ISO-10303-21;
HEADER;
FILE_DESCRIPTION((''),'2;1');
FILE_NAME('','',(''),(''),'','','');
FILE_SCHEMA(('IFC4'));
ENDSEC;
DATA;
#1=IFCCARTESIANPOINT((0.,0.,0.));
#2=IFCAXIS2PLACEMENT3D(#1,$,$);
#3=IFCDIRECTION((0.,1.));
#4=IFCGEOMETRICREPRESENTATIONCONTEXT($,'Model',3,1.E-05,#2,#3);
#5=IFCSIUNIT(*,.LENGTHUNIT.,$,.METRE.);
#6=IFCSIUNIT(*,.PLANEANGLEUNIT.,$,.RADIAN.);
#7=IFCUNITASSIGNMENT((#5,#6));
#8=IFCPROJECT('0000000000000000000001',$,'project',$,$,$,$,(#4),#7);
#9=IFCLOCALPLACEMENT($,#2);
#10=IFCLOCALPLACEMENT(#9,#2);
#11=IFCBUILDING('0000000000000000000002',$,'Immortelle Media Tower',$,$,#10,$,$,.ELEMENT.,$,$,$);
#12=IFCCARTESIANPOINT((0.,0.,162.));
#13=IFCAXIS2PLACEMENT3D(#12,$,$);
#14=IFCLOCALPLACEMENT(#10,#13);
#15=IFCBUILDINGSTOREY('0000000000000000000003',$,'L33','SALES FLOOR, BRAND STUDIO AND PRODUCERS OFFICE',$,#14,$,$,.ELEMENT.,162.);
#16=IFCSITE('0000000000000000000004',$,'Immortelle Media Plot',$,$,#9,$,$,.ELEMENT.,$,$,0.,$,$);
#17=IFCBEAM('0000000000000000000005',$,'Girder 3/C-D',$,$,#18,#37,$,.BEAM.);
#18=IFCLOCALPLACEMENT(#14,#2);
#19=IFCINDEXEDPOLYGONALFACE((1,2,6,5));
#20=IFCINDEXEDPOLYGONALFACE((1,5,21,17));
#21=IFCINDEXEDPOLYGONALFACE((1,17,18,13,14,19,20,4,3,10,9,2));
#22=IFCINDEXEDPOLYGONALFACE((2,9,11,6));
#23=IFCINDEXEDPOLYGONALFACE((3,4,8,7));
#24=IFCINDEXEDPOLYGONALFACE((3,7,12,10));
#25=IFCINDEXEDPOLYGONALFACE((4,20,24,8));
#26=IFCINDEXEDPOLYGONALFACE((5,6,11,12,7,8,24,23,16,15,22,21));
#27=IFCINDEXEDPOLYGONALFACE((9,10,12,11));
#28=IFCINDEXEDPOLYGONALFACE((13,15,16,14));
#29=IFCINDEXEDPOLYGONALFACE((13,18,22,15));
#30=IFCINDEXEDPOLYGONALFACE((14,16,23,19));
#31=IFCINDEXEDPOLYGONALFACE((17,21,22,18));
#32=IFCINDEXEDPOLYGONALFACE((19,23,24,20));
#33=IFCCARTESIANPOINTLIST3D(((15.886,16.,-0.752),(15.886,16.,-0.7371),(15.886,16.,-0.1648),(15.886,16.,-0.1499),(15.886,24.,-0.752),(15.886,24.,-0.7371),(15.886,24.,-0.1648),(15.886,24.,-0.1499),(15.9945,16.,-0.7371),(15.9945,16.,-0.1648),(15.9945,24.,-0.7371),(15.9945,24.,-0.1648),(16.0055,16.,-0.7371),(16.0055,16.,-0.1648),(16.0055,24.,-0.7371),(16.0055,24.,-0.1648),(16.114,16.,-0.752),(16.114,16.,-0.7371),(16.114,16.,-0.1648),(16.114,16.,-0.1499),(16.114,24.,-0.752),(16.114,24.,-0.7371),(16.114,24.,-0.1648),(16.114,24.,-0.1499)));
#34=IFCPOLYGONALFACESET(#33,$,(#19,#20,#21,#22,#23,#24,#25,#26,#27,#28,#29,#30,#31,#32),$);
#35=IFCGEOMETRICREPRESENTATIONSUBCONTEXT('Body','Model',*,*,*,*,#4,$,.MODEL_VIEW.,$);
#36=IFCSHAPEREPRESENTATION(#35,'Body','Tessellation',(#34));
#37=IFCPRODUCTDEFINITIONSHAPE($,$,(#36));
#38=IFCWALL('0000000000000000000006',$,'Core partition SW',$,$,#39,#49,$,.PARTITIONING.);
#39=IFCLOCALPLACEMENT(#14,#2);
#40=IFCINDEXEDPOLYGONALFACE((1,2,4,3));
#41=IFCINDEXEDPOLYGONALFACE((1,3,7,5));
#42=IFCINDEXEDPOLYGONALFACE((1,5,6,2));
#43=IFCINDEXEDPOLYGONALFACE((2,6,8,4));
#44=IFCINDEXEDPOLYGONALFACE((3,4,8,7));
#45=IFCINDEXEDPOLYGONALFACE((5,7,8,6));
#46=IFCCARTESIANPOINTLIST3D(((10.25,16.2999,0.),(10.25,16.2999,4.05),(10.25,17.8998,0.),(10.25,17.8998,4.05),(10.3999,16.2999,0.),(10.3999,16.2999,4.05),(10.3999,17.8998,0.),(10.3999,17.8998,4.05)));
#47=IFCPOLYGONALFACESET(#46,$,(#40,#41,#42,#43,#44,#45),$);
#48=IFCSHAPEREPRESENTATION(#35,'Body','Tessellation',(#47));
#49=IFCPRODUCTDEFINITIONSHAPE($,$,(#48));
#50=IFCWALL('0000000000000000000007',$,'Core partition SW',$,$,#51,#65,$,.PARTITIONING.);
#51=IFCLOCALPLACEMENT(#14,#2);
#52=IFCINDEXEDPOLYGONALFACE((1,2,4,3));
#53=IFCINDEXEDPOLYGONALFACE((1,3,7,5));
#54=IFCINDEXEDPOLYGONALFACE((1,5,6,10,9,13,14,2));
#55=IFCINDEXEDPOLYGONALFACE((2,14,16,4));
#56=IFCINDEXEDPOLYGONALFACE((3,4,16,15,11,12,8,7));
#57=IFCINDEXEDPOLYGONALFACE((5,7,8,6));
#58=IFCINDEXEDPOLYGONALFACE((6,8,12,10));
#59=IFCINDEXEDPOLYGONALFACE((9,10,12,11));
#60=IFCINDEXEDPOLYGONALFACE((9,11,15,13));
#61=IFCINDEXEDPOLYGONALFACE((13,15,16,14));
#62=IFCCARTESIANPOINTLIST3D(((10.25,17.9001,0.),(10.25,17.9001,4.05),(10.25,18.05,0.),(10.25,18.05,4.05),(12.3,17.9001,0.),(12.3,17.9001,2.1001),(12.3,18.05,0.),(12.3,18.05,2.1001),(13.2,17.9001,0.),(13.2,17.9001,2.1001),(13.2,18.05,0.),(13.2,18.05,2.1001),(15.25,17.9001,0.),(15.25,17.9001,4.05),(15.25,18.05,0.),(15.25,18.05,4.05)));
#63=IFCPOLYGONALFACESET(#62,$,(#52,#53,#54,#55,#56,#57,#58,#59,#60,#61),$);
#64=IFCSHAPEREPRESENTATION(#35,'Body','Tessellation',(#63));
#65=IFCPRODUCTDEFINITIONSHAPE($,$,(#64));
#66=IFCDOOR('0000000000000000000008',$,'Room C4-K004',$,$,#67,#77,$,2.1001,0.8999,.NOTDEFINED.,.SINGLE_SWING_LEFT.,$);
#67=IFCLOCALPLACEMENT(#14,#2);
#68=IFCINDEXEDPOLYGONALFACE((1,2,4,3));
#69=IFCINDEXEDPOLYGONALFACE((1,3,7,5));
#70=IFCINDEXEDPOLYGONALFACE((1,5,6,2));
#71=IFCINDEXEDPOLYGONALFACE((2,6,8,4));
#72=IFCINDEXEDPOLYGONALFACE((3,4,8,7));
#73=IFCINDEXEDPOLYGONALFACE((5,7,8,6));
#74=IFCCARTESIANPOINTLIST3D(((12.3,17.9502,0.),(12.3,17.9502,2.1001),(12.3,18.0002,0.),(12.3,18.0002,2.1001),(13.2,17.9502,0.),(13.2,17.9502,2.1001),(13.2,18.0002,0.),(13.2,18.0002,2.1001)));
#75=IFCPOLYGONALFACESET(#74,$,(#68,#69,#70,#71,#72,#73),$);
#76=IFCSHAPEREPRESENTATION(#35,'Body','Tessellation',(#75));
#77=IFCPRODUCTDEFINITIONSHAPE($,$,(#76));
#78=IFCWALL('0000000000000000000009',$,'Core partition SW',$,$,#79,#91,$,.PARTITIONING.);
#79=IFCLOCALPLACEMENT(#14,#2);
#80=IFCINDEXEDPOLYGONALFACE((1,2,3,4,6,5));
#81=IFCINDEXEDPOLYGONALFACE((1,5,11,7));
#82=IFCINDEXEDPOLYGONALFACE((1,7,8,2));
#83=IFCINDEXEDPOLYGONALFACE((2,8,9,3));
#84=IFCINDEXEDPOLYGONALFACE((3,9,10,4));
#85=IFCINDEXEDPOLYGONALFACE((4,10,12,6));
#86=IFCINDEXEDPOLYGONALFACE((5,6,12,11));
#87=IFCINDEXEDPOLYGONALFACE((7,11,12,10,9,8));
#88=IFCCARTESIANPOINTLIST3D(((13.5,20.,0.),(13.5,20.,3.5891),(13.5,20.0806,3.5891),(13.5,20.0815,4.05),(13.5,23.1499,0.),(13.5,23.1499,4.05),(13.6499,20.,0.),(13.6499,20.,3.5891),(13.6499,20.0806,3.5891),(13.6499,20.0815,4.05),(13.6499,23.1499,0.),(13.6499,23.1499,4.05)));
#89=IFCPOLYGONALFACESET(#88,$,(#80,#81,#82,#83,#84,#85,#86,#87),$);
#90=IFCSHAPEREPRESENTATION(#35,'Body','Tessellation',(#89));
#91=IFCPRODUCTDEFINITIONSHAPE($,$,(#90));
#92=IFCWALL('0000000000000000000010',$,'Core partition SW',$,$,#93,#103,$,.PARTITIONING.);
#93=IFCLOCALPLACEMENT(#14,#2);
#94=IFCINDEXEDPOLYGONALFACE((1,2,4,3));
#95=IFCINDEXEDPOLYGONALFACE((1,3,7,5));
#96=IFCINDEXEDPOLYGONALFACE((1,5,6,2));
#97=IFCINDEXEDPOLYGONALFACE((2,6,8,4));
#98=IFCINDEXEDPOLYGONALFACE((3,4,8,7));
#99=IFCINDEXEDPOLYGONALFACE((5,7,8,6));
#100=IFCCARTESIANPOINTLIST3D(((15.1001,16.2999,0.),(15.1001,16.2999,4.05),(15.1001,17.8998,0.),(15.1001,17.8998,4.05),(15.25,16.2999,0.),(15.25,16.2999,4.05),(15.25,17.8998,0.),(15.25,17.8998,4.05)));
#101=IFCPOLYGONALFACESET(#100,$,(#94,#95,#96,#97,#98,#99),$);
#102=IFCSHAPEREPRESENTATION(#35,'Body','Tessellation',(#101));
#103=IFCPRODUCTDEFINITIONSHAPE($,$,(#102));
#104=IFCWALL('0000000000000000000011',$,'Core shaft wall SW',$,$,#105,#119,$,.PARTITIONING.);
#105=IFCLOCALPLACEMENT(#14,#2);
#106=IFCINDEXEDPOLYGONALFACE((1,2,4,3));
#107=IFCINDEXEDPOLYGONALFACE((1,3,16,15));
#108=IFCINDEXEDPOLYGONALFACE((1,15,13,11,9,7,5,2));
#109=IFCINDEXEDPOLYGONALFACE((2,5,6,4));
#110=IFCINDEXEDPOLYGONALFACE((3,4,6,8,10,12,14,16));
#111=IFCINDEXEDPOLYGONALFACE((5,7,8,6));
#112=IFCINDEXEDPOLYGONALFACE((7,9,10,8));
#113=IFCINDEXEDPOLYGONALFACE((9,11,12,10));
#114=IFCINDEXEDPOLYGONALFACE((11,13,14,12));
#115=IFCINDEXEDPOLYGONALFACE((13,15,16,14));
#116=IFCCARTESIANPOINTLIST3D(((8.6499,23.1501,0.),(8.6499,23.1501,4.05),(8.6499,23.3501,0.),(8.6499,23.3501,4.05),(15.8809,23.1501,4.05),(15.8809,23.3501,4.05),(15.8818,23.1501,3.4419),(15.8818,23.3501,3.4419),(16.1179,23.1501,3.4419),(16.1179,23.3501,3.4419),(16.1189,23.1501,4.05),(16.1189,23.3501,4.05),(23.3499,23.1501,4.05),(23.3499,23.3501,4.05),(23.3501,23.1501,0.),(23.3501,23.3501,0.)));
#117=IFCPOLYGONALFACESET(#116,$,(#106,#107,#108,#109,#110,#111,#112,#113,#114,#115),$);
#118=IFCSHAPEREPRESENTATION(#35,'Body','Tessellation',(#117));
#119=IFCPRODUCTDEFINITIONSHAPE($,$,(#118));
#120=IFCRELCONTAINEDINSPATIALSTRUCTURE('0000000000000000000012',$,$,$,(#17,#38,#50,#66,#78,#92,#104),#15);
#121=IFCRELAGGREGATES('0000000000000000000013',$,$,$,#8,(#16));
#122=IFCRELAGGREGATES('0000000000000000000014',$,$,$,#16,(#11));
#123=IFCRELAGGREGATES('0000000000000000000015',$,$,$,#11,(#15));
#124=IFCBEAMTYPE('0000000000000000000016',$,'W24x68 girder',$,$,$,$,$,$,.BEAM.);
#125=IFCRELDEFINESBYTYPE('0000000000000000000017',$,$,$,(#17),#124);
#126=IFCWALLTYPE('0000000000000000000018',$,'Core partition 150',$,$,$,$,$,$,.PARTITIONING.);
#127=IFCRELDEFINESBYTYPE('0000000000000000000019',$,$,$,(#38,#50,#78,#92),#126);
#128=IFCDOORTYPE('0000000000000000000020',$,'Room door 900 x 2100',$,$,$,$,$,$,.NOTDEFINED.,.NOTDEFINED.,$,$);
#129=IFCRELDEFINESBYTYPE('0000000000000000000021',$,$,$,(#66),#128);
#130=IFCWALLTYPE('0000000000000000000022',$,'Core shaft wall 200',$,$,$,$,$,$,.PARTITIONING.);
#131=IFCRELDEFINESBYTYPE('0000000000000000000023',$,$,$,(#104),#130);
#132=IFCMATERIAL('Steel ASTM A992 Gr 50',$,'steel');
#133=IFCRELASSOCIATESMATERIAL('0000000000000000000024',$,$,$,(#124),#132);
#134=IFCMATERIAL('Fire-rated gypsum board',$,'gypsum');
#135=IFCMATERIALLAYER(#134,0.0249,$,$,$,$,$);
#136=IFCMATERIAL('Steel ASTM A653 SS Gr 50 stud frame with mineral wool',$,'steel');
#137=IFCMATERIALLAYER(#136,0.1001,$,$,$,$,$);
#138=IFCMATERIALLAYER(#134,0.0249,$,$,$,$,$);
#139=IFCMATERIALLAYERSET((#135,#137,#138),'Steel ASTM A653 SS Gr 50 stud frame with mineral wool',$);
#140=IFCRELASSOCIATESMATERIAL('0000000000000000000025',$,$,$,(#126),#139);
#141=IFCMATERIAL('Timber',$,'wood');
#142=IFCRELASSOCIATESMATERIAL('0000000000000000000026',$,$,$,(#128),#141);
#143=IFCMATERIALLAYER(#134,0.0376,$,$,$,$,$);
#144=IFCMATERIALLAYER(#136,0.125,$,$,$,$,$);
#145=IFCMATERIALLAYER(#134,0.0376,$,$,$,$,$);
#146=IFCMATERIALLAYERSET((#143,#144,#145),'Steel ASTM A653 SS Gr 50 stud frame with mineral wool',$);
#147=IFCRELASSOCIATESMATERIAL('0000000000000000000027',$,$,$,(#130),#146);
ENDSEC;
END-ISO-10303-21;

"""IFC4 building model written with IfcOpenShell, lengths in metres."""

from ifc_helpers import new_model, si_unit, direction, frame, frame_2d, origin, origin_2d, place, context, subcontext, project, spatial, polyline, rectangle, i_section, outline, extrude, material, layer, layer_set, material_profile, profile_set, type_object, element, fill, save


model = new_model("IFC4")

# Units and contexts
model_context = context("Model", 3, precision=1e-05, world=origin(), true_north=direction((0.0, 1.0)))
body_context = subcontext(model_context, "Body", "Model", "MODEL_VIEW")
ifc_project = project(units=[si_unit("LENGTHUNIT", "METRE"), si_unit("PLANEANGLEUNIT", "RADIAN")], contexts=[model_context])

# Site, building, storey
site_placement = place(None, origin())
site = spatial("IfcSite", under=ifc_project, at=site_placement, Name="Immortelle Media Plot", CompositionType="ELEMENT", RefElevation=0.0)
building_placement = place(site_placement, origin())
building = spatial("IfcBuilding", under=site, at=building_placement, Name="Immortelle Media Tower", CompositionType="ELEMENT")
storey_placement = place(building_placement, frame((0.0, 0.0, 162.0)))
storey = spatial("IfcBuildingStorey", under=building, at=storey_placement, Name="L33", Description="SALES FLOOR, BRAND STUDIO AND PRODUCERS OFFICE", CompositionType="ELEMENT", Elevation=162.0)

# Shared definitions
ifc_material_1 = material(Name="Steel ASTM A992 Gr 50", Category="steel")

# Beam
ifc_material_profile_1 = material_profile(ifc_material_1, i_section(OverallWidth=0.228, OverallDepth=0.6021, WebThickness=0.011, FlangeThickness=0.0149, at=origin_2d()), Name="W24x68")
ifc_profile_set_1 = profile_set([ifc_material_profile_1], Name="Steel ASTM A992 Gr 50")
beam_type_1 = type_object("IfcBeamType", Name="W24x68 girder", PredefinedType="BEAM", material=ifc_profile_set_1)
for number, where, z_axis, x_axis, name in (
    (1, (16.0, 16.0, -0.4509), (0.0, 1.0, 0.0), (-1.0, 0.0, 0.0), "Girder 3/C-D"),
):
    element("IfcBeam", number, at=place(storey_placement, frame(where, z_axis=z_axis, x_axis=x_axis)), inside=storey, type_object=beam_type_1, Name=name, PredefinedType="BEAM", context=body_context, shape_type="SweptSolid", body=[
        extrude(i_section(OverallWidth=0.228, OverallDepth=0.6021, WebThickness=0.011, FlangeThickness=0.0149, at=origin_2d()), origin(), (0.0, 0.0, 1.0), 8.0),
    ])

# Wall
ifc_material_2 = material(Name="Fire-rated gypsum board", Category="gypsum")
ifc_layer_1 = layer(ifc_material_2, 0.0249)
ifc_material_3 = material(Name="Steel ASTM A653 SS Gr 50 stud frame with mineral wool", Category="steel")
ifc_layer_2 = layer(ifc_material_3, 0.1001)
ifc_layer_3 = layer(ifc_material_2, 0.0249)
ifc_layer_set_1 = layer_set([ifc_layer_1, ifc_layer_2, ifc_layer_3], Name="Steel ASTM A653 SS Gr 50 stud frame with mineral wool")
wall_type_1 = type_object("IfcWallType", Name="Core partition 150", PredefinedType="PARTITIONING", material=ifc_layer_set_1)
wall_1_placement = place(storey_placement, frame((10.325, 16.3, 0.0), z_axis=(0.0, 0.0, 1.0), x_axis=(0.0, 1.0, 0.0)))
element("IfcWall", 2, at=wall_1_placement, inside=storey, type_object=wall_type_1, Name="Core partition SW", PredefinedType="PARTITIONING", context=body_context, shape_type="SweptSolid", body=[
    extrude(rectangle(XDim=1.5999, YDim=0.1499, at=frame_2d((0.7998, 0.0))), origin(), (0.0, 0.0, 1.0), 4.05),
])

# Wall, opening, door
wall_2_placement = place(storey_placement, frame((10.25, 17.9751, 0.0), z_axis=(0.0, 0.0, 1.0), x_axis=(1.0, 0.0, 0.0)))
wall_2 = element("IfcWall", 3, at=wall_2_placement, inside=storey, type_object=wall_type_1, Name="Core partition SW", PredefinedType="PARTITIONING", context=body_context, shape_type="SweptSolid", body=[
    extrude(rectangle(XDim=5.0, YDim=0.1499, at=frame_2d((2.5, 0.0))), origin(), (0.0, 0.0, 1.0), 4.05),
])
opening_1_placement = place(wall_2_placement, frame((2.95, 0.0, 0.0), z_axis=(0.0, 0.0, 1.0), x_axis=(-1.0, 0.0, 0.0)))
opening_1 = element("IfcOpeningElement", 4, at=opening_1_placement, cuts=wall_2, PredefinedType="OPENING", context=body_context, shape_type="SweptSolid", body=[
    extrude(rectangle(XDim=0.8999, YDim=2.1001, at=frame_2d((0.45, 1.05))), frame((0.0, 0.085, 0.0), z_axis=(0.0, -1.0, 0.0), x_axis=(1.0, 0.0, 0.0)), (0.0, 0.0, 1.0), 0.1699),
])
ifc_material_4 = material(Name="Timber", Category="wood")
door_type_1 = type_object("IfcDoorType", Name="Room door 900 x 2100", OperationType="NOTDEFINED", PredefinedType="NOTDEFINED", material=ifc_material_4)
door_1_placement = place(opening_1_placement, origin())
door_1 = element("IfcDoor", 5, at=door_1_placement, inside=storey, type_object=door_type_1, Name="Room C4-K004", OperationType="SINGLE_SWING_LEFT", OverallHeight=2.1001, OverallWidth=0.8999, PredefinedType="NOTDEFINED", context=body_context, shape_type="SweptSolid", body=[
    extrude(rectangle(XDim=0.8999, YDim=2.1001, at=frame_2d((0.45, 1.05))), frame((0.0, 0.0249, 0.0), z_axis=(0.0, -1.0, 0.0), x_axis=(1.0, 0.0, 0.0)), (0.0, 0.0, 1.0), 0.05),
])
fill(opening_1, door_1)

# Walls
wall_3_placement = place(storey_placement, frame((13.575, 20.0, 0.0), z_axis=(0.0, 0.0, 1.0), x_axis=(0.0, 1.0, 0.0)))
element("IfcWall", 6, at=wall_3_placement, inside=storey, type_object=wall_type_1, Name="Core partition SW", PredefinedType="PARTITIONING", context=body_context, shape_type="SweptSolid", body=[
    extrude(outline(polyline([(0.0, 0.0), (3.1499, 0.0), (3.1499, 4.05), (0.0815, 4.05), (0.0806, 3.5891), (0.0, 3.5891), (0.0, 0.0)])), frame((0.0, 0.075, 0.0), z_axis=(0.0, -1.0, 0.0), x_axis=(1.0, 0.0, 0.0)), (0.0, 0.0, 1.0), 0.1499),
])
wall_4_placement = place(storey_placement, frame((15.175, 16.3, 0.0), z_axis=(0.0, 0.0, 1.0), x_axis=(0.0, 1.0, 0.0)))
element("IfcWall", 7, at=wall_4_placement, inside=storey, type_object=wall_type_1, Name="Core partition SW", PredefinedType="PARTITIONING", context=body_context, shape_type="SweptSolid", body=[
    extrude(rectangle(XDim=1.5999, YDim=0.1499, at=frame_2d((0.7998, 0.0))), origin(), (0.0, 0.0, 1.0), 4.05),
])
ifc_layer_4 = layer(ifc_material_2, 0.0376)
ifc_layer_5 = layer(ifc_material_3, 0.125)
ifc_layer_6 = layer(ifc_material_2, 0.0376)
ifc_layer_set_2 = layer_set([ifc_layer_4, ifc_layer_5, ifc_layer_6], Name="Steel ASTM A653 SS Gr 50 stud frame with mineral wool")
wall_type_2 = type_object("IfcWallType", Name="Core shaft wall 200", PredefinedType="PARTITIONING", material=ifc_layer_set_2)
wall_5_placement = place(storey_placement, frame((8.6499, 23.25, 0.0), z_axis=(0.0, 0.0, 1.0), x_axis=(1.0, 0.0, 0.0)))
element("IfcWall", 8, at=wall_5_placement, inside=storey, type_object=wall_type_2, Name="Core shaft wall SW", PredefinedType="PARTITIONING", context=body_context, shape_type="SweptSolid", body=[
    extrude(outline(polyline([(0.0, 0.0), (14.7002, 0.0), (14.7, 4.05), (7.469, 4.05), (7.468, 3.4419), (7.2319, 3.4419), (7.231, 4.05), (0.0, 4.05), (0.0, 0.0)])), frame((0.0, 0.1001, 0.0), z_axis=(0.0, -1.0, 0.0), x_axis=(1.0, 0.0, 0.0)), (0.0, 0.0, 1.0), 0.2),
])

save(model, "model.ifc")
